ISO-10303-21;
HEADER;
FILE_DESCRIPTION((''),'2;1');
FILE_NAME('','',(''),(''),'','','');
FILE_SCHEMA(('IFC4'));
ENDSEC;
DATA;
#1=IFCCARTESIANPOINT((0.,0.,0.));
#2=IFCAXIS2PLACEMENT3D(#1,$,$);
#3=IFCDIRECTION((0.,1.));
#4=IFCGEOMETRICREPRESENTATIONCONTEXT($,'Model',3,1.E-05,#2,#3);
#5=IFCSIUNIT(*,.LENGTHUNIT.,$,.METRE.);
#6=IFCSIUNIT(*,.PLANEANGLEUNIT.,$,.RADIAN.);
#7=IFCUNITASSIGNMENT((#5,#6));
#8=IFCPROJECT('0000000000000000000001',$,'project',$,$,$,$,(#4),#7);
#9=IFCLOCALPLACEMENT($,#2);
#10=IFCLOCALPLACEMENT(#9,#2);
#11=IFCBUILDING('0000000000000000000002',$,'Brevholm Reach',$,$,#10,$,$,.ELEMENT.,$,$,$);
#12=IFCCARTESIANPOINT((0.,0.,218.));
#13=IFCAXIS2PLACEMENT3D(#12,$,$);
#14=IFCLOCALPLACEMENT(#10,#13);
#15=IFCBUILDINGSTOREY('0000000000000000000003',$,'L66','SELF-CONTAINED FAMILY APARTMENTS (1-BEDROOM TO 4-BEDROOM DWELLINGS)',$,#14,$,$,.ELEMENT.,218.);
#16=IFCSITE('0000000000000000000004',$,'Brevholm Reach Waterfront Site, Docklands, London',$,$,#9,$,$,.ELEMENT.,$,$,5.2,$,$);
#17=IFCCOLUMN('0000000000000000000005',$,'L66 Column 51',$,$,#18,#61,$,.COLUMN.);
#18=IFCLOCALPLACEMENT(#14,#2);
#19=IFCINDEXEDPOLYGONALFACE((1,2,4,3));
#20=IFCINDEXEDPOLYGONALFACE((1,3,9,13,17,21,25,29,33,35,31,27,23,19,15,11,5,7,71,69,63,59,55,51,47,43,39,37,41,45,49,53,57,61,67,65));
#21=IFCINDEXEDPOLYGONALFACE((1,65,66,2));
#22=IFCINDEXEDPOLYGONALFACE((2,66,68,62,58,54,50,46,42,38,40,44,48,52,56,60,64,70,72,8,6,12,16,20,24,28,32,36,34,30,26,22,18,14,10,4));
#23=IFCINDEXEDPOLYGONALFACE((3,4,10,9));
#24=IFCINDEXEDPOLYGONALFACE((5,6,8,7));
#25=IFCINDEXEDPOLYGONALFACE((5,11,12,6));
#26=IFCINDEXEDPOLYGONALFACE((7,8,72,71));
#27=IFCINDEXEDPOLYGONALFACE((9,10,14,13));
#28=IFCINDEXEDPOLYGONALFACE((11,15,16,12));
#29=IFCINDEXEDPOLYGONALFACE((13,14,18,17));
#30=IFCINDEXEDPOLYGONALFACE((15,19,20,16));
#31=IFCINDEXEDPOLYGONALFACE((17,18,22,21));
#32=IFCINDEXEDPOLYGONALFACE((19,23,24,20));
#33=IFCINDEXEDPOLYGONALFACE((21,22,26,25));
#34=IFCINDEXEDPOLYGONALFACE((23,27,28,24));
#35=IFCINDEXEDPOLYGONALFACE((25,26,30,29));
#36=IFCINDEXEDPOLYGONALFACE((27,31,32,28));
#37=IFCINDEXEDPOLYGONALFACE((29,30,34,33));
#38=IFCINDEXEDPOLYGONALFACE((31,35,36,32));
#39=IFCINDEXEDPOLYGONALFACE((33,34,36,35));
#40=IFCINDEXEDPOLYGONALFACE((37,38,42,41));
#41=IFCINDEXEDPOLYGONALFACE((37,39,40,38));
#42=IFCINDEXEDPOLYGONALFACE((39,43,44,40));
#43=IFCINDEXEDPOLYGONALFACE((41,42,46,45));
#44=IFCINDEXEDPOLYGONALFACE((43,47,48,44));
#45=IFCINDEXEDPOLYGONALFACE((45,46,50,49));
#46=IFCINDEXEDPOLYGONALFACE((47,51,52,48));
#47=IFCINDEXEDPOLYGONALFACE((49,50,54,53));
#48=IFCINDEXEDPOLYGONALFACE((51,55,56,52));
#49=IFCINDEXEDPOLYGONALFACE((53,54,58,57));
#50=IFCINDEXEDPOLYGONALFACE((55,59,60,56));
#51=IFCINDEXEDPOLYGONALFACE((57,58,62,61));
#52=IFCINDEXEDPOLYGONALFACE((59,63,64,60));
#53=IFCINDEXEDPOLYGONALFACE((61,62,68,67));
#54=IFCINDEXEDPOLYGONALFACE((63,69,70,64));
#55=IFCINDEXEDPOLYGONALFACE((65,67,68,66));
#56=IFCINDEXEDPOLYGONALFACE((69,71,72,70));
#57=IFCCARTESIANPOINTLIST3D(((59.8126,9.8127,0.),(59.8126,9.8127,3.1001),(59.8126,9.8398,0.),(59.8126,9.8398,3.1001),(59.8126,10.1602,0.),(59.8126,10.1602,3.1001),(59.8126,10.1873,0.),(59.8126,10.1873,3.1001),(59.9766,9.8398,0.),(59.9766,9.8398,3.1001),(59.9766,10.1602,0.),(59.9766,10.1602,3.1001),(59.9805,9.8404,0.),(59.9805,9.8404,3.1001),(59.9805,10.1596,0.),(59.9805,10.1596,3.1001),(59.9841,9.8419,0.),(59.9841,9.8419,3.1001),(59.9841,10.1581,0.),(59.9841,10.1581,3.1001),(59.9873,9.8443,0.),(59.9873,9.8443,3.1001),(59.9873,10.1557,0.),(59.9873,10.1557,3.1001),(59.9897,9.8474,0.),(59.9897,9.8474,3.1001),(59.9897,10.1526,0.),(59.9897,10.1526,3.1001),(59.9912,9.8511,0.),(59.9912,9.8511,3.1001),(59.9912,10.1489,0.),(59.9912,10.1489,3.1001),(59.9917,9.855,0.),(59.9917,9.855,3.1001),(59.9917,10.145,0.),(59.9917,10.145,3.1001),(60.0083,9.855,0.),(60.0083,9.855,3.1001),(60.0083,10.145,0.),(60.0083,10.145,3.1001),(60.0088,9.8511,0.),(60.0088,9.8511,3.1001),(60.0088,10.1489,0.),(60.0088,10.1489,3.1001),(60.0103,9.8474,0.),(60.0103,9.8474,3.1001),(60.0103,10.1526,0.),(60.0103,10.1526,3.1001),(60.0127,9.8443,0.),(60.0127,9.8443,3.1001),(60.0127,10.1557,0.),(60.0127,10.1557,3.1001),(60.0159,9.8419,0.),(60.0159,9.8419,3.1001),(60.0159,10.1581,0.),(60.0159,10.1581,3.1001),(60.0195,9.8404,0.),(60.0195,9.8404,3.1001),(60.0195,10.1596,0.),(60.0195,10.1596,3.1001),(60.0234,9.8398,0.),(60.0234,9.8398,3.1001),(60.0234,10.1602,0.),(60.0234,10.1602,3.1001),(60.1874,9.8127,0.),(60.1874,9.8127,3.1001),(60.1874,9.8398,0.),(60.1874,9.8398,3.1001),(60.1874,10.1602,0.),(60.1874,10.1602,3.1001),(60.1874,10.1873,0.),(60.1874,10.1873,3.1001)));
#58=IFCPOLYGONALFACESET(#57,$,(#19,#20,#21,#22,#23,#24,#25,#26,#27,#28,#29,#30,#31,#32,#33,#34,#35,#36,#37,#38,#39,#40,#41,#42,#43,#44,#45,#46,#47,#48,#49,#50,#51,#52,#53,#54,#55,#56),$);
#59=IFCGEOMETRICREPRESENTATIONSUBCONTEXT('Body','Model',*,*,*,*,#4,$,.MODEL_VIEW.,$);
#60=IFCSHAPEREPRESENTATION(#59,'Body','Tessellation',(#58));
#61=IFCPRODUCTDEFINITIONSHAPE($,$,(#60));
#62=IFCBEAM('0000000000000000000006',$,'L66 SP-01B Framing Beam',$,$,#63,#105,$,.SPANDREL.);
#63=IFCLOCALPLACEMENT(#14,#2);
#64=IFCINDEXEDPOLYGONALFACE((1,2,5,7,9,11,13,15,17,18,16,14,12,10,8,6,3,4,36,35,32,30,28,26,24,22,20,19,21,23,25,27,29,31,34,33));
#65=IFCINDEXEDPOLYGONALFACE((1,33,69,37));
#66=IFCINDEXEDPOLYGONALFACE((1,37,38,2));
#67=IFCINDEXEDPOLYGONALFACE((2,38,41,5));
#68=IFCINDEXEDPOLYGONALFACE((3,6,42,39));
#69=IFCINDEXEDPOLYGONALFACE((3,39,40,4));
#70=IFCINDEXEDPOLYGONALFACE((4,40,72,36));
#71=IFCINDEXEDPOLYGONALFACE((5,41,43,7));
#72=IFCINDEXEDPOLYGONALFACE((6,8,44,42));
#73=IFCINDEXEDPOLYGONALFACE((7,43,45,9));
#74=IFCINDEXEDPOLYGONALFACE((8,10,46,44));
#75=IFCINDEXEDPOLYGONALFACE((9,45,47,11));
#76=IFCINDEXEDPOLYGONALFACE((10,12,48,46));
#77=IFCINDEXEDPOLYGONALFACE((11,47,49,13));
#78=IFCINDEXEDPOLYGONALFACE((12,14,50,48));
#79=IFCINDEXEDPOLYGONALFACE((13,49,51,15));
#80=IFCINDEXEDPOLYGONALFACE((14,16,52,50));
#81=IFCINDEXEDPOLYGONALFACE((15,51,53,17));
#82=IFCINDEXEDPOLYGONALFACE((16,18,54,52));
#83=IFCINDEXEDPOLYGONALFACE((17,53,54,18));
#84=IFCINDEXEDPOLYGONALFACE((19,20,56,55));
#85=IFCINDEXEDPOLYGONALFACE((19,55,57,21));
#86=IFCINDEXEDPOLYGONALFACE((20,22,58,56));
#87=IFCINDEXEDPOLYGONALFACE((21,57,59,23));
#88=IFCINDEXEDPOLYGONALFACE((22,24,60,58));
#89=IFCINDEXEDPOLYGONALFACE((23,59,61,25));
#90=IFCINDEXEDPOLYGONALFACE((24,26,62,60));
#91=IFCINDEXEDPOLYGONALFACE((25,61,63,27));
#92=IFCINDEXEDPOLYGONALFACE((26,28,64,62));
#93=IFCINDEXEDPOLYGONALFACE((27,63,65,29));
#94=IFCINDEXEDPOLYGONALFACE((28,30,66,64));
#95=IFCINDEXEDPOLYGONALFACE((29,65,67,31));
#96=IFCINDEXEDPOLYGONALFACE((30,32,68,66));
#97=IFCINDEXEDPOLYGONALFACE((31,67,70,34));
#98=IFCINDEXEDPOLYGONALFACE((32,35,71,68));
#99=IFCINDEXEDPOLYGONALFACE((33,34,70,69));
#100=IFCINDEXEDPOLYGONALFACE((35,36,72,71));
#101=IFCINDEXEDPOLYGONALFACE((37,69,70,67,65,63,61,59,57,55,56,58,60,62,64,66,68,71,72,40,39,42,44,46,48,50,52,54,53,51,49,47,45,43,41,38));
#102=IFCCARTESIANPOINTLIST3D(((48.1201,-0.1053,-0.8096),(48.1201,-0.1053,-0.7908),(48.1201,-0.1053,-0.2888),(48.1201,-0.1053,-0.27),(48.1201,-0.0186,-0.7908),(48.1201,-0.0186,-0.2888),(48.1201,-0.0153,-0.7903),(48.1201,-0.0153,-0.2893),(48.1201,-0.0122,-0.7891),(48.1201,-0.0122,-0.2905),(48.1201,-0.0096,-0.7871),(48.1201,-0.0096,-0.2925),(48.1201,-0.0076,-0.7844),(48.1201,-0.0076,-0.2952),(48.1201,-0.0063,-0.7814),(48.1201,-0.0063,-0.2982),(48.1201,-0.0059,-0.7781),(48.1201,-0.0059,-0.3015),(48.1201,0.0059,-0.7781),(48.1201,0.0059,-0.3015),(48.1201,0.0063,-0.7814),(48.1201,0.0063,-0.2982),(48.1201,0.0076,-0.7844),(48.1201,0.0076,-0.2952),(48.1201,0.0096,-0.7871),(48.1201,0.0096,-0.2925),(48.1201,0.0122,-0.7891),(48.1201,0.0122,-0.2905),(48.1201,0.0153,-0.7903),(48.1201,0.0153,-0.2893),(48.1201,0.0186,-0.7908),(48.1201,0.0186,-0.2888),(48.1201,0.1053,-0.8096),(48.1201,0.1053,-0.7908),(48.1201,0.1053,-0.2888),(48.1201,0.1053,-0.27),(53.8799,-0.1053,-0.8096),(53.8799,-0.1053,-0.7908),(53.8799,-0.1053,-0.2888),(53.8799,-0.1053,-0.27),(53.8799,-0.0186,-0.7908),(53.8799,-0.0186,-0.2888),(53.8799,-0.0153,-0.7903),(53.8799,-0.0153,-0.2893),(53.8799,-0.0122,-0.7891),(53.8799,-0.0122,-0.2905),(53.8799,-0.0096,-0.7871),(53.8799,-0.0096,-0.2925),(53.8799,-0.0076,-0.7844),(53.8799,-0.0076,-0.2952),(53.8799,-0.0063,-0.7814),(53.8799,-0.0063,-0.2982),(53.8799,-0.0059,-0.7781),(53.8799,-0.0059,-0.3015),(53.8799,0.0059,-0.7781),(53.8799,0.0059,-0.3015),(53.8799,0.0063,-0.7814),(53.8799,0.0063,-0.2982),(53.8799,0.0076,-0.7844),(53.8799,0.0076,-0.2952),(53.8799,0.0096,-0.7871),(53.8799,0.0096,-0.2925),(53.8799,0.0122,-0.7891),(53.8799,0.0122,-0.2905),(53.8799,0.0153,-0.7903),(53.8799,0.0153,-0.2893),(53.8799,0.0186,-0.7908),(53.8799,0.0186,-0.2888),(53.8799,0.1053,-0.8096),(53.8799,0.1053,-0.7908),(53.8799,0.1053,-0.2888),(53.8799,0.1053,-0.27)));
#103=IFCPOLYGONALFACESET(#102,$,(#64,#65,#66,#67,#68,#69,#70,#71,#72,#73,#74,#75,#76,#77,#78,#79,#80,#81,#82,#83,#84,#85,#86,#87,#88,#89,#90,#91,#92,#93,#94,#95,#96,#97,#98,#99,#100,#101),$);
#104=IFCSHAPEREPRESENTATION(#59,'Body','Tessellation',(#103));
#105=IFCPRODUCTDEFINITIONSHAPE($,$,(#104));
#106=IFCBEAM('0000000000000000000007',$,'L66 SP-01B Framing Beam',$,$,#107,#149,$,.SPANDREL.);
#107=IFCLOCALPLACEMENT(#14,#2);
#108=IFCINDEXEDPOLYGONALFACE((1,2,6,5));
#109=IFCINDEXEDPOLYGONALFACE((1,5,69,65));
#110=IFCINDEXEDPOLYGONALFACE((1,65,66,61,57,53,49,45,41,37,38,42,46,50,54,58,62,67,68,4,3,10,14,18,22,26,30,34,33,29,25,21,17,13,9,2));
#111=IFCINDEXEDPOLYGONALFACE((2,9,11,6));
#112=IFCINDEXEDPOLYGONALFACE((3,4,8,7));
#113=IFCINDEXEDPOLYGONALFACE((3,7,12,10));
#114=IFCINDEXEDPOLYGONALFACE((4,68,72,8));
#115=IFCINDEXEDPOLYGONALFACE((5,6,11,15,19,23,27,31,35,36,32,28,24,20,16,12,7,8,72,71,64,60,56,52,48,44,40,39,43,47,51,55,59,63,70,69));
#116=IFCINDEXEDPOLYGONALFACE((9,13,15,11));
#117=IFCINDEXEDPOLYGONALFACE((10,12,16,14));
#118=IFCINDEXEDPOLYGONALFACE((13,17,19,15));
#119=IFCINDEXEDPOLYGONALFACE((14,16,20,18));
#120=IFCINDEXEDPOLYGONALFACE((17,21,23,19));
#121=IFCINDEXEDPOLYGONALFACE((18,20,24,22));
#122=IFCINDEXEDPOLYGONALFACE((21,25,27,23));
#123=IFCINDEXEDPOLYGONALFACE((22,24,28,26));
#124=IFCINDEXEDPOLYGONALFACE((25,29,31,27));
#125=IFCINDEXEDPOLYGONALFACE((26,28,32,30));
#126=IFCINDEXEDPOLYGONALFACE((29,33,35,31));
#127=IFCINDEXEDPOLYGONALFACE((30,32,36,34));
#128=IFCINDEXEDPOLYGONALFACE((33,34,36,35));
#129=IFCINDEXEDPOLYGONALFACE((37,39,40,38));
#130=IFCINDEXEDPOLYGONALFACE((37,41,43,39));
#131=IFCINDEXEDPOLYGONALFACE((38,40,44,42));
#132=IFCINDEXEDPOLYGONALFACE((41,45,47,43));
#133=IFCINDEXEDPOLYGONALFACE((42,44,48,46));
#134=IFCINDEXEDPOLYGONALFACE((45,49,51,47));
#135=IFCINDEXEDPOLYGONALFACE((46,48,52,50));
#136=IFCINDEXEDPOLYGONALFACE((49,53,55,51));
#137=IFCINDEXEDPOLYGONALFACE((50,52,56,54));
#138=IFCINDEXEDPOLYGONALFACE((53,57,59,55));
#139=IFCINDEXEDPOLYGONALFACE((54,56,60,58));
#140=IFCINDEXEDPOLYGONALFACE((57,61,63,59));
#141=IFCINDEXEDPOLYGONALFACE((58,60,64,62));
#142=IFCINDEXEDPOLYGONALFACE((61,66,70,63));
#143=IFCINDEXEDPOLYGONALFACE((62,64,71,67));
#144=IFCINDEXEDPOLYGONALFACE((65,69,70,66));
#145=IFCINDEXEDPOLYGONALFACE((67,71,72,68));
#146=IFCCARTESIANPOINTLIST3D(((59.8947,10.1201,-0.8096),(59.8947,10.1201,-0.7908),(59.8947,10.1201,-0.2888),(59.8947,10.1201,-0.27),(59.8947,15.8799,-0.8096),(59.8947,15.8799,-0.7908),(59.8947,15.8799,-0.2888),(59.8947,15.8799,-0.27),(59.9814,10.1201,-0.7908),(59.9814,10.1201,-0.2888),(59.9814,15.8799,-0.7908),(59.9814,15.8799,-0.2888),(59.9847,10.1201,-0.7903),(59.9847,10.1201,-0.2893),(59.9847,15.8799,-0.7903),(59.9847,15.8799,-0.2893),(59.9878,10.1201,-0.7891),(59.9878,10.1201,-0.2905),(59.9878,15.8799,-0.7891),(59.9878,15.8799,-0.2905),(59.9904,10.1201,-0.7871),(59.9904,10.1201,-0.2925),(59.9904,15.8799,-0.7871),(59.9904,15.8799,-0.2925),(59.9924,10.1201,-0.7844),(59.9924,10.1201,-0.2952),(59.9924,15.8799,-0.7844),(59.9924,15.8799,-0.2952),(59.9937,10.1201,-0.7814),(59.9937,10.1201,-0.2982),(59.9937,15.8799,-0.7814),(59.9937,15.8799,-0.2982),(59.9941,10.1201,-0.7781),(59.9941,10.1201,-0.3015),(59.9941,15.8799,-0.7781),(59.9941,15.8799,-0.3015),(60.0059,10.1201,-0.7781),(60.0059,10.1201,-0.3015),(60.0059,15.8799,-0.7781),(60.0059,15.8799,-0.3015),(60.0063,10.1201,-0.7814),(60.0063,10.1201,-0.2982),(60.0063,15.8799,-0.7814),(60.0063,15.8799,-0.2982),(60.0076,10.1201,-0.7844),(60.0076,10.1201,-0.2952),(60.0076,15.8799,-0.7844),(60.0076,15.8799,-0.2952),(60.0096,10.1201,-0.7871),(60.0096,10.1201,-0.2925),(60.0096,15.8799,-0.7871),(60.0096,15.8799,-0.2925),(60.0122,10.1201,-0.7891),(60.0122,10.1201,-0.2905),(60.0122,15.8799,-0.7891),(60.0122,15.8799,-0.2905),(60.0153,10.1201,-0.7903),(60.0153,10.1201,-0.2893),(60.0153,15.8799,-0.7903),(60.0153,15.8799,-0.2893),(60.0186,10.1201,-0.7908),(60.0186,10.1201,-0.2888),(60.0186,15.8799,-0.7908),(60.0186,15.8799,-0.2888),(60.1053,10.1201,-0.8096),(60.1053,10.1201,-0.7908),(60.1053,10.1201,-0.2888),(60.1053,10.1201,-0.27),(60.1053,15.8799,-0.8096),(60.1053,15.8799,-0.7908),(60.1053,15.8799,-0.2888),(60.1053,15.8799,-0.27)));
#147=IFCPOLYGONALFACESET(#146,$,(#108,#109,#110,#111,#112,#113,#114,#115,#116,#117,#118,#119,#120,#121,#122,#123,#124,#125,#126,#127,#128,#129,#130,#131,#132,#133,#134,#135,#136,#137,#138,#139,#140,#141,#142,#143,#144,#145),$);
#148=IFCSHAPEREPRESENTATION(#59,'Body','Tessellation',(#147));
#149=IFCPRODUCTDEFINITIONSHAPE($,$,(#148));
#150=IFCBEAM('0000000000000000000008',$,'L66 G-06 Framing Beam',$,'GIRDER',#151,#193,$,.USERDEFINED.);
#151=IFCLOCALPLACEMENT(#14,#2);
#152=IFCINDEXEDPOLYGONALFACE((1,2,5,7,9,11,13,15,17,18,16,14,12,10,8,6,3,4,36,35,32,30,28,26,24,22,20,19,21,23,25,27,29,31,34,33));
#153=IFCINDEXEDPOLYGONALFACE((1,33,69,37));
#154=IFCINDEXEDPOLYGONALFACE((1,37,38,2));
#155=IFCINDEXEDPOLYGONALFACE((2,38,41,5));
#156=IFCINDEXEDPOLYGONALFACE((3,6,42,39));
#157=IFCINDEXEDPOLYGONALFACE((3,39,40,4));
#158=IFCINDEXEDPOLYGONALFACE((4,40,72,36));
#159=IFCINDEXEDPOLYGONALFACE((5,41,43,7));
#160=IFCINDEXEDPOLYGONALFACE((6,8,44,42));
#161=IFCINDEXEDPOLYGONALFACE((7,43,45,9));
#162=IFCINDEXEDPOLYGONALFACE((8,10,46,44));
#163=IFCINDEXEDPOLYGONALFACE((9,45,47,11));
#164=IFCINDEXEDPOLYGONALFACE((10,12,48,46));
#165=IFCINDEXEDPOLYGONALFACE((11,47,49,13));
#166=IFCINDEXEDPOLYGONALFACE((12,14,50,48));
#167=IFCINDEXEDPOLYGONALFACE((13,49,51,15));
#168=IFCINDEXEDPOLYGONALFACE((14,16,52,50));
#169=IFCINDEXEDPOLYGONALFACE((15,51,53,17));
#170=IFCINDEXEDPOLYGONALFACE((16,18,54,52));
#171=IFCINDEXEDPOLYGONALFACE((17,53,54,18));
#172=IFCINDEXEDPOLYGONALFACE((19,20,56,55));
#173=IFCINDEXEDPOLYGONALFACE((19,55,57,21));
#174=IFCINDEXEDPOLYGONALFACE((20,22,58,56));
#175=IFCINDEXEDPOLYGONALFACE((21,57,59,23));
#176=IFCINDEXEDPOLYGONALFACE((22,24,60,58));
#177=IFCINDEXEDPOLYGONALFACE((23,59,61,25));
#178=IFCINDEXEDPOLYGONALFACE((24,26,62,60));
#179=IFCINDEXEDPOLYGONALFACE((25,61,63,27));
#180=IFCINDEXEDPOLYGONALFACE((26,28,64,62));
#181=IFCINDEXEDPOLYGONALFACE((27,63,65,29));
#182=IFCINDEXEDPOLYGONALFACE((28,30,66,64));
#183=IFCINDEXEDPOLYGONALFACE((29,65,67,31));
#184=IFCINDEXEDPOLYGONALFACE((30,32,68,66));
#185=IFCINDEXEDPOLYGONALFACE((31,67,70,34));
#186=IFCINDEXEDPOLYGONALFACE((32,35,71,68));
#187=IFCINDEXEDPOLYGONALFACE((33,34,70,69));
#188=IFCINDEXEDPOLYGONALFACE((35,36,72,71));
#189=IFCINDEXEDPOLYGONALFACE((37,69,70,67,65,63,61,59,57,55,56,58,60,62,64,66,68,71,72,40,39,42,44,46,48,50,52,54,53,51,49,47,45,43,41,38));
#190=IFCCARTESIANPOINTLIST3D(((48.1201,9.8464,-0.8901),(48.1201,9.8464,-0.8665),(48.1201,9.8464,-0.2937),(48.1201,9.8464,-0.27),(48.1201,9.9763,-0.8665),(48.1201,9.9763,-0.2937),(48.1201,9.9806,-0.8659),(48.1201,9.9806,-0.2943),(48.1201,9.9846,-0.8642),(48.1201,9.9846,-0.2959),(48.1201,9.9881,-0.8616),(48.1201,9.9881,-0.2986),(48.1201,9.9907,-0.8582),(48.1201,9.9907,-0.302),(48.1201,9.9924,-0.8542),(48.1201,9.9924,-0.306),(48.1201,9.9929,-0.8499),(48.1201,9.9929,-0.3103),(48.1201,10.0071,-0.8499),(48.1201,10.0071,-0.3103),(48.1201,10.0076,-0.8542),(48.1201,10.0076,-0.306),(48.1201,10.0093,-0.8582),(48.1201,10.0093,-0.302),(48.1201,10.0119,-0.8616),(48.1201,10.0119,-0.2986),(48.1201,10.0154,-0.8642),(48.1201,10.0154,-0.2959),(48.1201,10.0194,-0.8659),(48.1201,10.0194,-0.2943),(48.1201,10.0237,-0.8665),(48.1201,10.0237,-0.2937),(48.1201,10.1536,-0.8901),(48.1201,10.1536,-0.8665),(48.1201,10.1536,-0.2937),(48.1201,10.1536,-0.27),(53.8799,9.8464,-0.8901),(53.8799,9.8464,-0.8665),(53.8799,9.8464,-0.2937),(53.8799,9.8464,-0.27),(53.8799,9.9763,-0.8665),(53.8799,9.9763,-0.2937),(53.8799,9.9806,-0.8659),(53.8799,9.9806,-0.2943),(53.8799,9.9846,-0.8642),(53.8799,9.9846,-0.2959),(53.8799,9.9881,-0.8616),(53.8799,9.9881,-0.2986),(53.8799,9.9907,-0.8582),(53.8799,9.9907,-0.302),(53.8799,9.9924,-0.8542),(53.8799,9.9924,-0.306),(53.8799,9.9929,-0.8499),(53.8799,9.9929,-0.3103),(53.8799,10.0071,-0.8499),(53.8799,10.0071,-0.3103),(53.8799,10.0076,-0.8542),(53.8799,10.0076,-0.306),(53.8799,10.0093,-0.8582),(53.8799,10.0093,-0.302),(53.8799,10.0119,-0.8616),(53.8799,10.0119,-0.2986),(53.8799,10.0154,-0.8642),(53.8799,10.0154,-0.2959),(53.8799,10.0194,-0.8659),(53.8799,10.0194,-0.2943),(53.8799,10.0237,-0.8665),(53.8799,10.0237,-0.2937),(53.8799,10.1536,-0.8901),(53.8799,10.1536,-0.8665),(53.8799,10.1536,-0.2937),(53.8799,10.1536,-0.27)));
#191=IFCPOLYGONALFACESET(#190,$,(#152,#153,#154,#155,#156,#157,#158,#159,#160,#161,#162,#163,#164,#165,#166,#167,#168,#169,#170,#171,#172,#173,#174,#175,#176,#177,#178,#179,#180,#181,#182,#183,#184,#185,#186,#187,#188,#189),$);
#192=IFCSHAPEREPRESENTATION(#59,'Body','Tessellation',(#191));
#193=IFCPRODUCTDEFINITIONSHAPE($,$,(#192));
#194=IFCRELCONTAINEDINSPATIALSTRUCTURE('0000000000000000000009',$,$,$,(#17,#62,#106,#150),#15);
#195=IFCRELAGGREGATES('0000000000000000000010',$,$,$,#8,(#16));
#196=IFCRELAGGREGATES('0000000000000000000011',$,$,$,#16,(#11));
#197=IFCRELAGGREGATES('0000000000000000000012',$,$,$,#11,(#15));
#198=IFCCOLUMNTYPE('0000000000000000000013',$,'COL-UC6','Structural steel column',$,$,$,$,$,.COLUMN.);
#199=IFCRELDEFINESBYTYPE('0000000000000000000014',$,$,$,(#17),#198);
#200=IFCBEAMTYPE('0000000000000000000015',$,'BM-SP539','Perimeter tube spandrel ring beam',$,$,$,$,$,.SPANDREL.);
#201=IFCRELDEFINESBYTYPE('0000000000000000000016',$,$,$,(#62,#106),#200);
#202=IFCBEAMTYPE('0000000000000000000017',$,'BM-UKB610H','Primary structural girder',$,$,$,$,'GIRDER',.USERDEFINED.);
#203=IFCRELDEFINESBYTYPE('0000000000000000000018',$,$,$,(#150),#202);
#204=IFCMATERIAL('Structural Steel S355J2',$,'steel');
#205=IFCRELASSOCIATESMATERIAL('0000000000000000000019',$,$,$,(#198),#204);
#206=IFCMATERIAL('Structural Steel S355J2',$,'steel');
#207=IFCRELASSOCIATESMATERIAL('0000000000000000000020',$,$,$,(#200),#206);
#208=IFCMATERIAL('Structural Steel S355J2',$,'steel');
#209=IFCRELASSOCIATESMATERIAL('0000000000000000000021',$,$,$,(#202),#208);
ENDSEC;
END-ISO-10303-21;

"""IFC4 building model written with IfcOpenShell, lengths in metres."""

from ifc_helpers import new_model, si_unit, direction, frame, origin, origin_2d, place, context, subcontext, project, spatial, i_section, extrude, material, material_profile, profile_set, type_object, element, save


model = new_model("IFC4")

# Units and contexts
model_context = context("Model", 3, precision=1e-05, world=origin(), true_north=direction((0.0, 1.0)))
body_context = subcontext(model_context, "Body", "Model", "MODEL_VIEW")
ifc_project = project(units=[si_unit("LENGTHUNIT", "METRE"), si_unit("PLANEANGLEUNIT", "RADIAN")], contexts=[model_context])

# Site, building, storey
site_placement = place(None, origin())
site = spatial("IfcSite", under=ifc_project, at=site_placement, Name="Brevholm Reach Waterfront Site, Docklands, London", CompositionType="ELEMENT", RefElevation=5.2)
building_placement = place(site_placement, origin())
building = spatial("IfcBuilding", under=site, at=building_placement, Name="Brevholm Reach", CompositionType="ELEMENT")
storey_placement = place(building_placement, frame((0.0, 0.0, 218.0)))
storey = spatial("IfcBuildingStorey", under=building, at=storey_placement, Name="L66", Description="SELF-CONTAINED FAMILY APARTMENTS (1-BEDROOM TO 4-BEDROOM DWELLINGS)", CompositionType="ELEMENT", Elevation=218.0)

# Column
ifc_material_1 = material(Name="Structural Steel S355J2", Category="steel")
ifc_material_profile_1 = material_profile(ifc_material_1, i_section(OverallWidth=0.3748, OverallDepth=0.3745, WebThickness=0.0166, FlangeThickness=0.0271, FilletRadius=0.0151, at=origin_2d()), Name="UKC 356x368x202")
ifc_profile_set_1 = profile_set([ifc_material_profile_1], Name="Structural Steel S355J2")
column_type_1 = type_object("IfcColumnType", Name="COL-UC6", Description="Structural steel column", PredefinedType="COLUMN", material=ifc_profile_set_1)
for number, where, z_axis, x_axis, name in (
    (1, (60.0, 10.0, 0.0), (0.0, 0.0, 1.0), (1.0, 0.0, 0.0), "L66 Column 51"),
):
    element("IfcColumn", number, at=place(storey_placement, frame(where, z_axis=z_axis, x_axis=x_axis)), inside=storey, type_object=column_type_1, Name=name, PredefinedType="COLUMN", context=body_context, shape_type="SweptSolid", body=[
        extrude(i_section(OverallWidth=0.3748, OverallDepth=0.3745, WebThickness=0.0166, FlangeThickness=0.0271, FilletRadius=0.0151, at=origin_2d()), origin(), (0.0, 0.0, 1.0), 3.1001),
    ])

# Beams
ifc_material_2 = material(Name="Structural Steel S355J2", Category="steel")
ifc_material_profile_2 = material_profile(ifc_material_2, i_section(OverallWidth=0.2107, OverallDepth=0.5396, WebThickness=0.0117, FlangeThickness=0.0188, FilletRadius=0.0127, at=origin_2d()), Name="UKB 533x210x109")
ifc_profile_set_2 = profile_set([ifc_material_profile_2], Name="Structural Steel S355J2")
beam_type_1 = type_object("IfcBeamType", Name="BM-SP539", Description="Perimeter tube spandrel ring beam", PredefinedType="SPANDREL", material=ifc_profile_set_2)
for number, where, z_axis, x_axis, name in (
    (2, (48.1201, 0.0, -0.5398), (1.0, 0.0, 0.0), (0.0, 1.0, 0.0), "L66 SP-01B Framing Beam"),
    (3, (60.0, 10.1201, -0.5398), (0.0, 1.0, 0.0), (-1.0, 0.0, 0.0), "L66 SP-01B Framing Beam"),
):
    element("IfcBeam", number, at=place(storey_placement, frame(where, z_axis=z_axis, x_axis=x_axis)), inside=storey, type_object=beam_type_1, Name=name, PredefinedType="SPANDREL", context=body_context, shape_type="SweptSolid", body=[
        extrude(i_section(OverallWidth=0.2107, OverallDepth=0.5396, WebThickness=0.0117, FlangeThickness=0.0188, FilletRadius=0.0127, at=origin_2d()), origin(), (0.0, 0.0, 1.0), 5.7598),
    ])
ifc_material_3 = material(Name="Structural Steel S355J2", Category="steel")
ifc_material_profile_3 = material_profile(ifc_material_3, i_section(OverallWidth=0.3071, OverallDepth=0.6201, WebThickness=0.0142, FlangeThickness=0.0237, FilletRadius=0.0166, at=origin_2d()), Name="UKB 610x305x179")
ifc_profile_set_3 = profile_set([ifc_material_profile_3], Name="Structural Steel S355J2")
beam_type_2 = type_object("IfcBeamType", Name="BM-UKB610H", Description="Primary structural girder", ElementType="GIRDER", PredefinedType="USERDEFINED", material=ifc_profile_set_3)
for number, where, z_axis, x_axis, name in (
    (4, (48.1201, 10.0, -0.5801), (1.0, 0.0, 0.0), (0.0, 1.0, 0.0), "L66 G-06 Framing Beam"),
):
    element("IfcBeam", number, at=place(storey_placement, frame(where, z_axis=z_axis, x_axis=x_axis)), inside=storey, type_object=beam_type_2, Name=name, ObjectType="GIRDER", PredefinedType="USERDEFINED", context=body_context, shape_type="SweptSolid", body=[
        extrude(i_section(OverallWidth=0.3071, OverallDepth=0.6201, WebThickness=0.0142, FlangeThickness=0.0237, FilletRadius=0.0166, at=origin_2d()), origin(), (0.0, 0.0, 1.0), 5.7598),
    ])

save(model, "model.ifc")
